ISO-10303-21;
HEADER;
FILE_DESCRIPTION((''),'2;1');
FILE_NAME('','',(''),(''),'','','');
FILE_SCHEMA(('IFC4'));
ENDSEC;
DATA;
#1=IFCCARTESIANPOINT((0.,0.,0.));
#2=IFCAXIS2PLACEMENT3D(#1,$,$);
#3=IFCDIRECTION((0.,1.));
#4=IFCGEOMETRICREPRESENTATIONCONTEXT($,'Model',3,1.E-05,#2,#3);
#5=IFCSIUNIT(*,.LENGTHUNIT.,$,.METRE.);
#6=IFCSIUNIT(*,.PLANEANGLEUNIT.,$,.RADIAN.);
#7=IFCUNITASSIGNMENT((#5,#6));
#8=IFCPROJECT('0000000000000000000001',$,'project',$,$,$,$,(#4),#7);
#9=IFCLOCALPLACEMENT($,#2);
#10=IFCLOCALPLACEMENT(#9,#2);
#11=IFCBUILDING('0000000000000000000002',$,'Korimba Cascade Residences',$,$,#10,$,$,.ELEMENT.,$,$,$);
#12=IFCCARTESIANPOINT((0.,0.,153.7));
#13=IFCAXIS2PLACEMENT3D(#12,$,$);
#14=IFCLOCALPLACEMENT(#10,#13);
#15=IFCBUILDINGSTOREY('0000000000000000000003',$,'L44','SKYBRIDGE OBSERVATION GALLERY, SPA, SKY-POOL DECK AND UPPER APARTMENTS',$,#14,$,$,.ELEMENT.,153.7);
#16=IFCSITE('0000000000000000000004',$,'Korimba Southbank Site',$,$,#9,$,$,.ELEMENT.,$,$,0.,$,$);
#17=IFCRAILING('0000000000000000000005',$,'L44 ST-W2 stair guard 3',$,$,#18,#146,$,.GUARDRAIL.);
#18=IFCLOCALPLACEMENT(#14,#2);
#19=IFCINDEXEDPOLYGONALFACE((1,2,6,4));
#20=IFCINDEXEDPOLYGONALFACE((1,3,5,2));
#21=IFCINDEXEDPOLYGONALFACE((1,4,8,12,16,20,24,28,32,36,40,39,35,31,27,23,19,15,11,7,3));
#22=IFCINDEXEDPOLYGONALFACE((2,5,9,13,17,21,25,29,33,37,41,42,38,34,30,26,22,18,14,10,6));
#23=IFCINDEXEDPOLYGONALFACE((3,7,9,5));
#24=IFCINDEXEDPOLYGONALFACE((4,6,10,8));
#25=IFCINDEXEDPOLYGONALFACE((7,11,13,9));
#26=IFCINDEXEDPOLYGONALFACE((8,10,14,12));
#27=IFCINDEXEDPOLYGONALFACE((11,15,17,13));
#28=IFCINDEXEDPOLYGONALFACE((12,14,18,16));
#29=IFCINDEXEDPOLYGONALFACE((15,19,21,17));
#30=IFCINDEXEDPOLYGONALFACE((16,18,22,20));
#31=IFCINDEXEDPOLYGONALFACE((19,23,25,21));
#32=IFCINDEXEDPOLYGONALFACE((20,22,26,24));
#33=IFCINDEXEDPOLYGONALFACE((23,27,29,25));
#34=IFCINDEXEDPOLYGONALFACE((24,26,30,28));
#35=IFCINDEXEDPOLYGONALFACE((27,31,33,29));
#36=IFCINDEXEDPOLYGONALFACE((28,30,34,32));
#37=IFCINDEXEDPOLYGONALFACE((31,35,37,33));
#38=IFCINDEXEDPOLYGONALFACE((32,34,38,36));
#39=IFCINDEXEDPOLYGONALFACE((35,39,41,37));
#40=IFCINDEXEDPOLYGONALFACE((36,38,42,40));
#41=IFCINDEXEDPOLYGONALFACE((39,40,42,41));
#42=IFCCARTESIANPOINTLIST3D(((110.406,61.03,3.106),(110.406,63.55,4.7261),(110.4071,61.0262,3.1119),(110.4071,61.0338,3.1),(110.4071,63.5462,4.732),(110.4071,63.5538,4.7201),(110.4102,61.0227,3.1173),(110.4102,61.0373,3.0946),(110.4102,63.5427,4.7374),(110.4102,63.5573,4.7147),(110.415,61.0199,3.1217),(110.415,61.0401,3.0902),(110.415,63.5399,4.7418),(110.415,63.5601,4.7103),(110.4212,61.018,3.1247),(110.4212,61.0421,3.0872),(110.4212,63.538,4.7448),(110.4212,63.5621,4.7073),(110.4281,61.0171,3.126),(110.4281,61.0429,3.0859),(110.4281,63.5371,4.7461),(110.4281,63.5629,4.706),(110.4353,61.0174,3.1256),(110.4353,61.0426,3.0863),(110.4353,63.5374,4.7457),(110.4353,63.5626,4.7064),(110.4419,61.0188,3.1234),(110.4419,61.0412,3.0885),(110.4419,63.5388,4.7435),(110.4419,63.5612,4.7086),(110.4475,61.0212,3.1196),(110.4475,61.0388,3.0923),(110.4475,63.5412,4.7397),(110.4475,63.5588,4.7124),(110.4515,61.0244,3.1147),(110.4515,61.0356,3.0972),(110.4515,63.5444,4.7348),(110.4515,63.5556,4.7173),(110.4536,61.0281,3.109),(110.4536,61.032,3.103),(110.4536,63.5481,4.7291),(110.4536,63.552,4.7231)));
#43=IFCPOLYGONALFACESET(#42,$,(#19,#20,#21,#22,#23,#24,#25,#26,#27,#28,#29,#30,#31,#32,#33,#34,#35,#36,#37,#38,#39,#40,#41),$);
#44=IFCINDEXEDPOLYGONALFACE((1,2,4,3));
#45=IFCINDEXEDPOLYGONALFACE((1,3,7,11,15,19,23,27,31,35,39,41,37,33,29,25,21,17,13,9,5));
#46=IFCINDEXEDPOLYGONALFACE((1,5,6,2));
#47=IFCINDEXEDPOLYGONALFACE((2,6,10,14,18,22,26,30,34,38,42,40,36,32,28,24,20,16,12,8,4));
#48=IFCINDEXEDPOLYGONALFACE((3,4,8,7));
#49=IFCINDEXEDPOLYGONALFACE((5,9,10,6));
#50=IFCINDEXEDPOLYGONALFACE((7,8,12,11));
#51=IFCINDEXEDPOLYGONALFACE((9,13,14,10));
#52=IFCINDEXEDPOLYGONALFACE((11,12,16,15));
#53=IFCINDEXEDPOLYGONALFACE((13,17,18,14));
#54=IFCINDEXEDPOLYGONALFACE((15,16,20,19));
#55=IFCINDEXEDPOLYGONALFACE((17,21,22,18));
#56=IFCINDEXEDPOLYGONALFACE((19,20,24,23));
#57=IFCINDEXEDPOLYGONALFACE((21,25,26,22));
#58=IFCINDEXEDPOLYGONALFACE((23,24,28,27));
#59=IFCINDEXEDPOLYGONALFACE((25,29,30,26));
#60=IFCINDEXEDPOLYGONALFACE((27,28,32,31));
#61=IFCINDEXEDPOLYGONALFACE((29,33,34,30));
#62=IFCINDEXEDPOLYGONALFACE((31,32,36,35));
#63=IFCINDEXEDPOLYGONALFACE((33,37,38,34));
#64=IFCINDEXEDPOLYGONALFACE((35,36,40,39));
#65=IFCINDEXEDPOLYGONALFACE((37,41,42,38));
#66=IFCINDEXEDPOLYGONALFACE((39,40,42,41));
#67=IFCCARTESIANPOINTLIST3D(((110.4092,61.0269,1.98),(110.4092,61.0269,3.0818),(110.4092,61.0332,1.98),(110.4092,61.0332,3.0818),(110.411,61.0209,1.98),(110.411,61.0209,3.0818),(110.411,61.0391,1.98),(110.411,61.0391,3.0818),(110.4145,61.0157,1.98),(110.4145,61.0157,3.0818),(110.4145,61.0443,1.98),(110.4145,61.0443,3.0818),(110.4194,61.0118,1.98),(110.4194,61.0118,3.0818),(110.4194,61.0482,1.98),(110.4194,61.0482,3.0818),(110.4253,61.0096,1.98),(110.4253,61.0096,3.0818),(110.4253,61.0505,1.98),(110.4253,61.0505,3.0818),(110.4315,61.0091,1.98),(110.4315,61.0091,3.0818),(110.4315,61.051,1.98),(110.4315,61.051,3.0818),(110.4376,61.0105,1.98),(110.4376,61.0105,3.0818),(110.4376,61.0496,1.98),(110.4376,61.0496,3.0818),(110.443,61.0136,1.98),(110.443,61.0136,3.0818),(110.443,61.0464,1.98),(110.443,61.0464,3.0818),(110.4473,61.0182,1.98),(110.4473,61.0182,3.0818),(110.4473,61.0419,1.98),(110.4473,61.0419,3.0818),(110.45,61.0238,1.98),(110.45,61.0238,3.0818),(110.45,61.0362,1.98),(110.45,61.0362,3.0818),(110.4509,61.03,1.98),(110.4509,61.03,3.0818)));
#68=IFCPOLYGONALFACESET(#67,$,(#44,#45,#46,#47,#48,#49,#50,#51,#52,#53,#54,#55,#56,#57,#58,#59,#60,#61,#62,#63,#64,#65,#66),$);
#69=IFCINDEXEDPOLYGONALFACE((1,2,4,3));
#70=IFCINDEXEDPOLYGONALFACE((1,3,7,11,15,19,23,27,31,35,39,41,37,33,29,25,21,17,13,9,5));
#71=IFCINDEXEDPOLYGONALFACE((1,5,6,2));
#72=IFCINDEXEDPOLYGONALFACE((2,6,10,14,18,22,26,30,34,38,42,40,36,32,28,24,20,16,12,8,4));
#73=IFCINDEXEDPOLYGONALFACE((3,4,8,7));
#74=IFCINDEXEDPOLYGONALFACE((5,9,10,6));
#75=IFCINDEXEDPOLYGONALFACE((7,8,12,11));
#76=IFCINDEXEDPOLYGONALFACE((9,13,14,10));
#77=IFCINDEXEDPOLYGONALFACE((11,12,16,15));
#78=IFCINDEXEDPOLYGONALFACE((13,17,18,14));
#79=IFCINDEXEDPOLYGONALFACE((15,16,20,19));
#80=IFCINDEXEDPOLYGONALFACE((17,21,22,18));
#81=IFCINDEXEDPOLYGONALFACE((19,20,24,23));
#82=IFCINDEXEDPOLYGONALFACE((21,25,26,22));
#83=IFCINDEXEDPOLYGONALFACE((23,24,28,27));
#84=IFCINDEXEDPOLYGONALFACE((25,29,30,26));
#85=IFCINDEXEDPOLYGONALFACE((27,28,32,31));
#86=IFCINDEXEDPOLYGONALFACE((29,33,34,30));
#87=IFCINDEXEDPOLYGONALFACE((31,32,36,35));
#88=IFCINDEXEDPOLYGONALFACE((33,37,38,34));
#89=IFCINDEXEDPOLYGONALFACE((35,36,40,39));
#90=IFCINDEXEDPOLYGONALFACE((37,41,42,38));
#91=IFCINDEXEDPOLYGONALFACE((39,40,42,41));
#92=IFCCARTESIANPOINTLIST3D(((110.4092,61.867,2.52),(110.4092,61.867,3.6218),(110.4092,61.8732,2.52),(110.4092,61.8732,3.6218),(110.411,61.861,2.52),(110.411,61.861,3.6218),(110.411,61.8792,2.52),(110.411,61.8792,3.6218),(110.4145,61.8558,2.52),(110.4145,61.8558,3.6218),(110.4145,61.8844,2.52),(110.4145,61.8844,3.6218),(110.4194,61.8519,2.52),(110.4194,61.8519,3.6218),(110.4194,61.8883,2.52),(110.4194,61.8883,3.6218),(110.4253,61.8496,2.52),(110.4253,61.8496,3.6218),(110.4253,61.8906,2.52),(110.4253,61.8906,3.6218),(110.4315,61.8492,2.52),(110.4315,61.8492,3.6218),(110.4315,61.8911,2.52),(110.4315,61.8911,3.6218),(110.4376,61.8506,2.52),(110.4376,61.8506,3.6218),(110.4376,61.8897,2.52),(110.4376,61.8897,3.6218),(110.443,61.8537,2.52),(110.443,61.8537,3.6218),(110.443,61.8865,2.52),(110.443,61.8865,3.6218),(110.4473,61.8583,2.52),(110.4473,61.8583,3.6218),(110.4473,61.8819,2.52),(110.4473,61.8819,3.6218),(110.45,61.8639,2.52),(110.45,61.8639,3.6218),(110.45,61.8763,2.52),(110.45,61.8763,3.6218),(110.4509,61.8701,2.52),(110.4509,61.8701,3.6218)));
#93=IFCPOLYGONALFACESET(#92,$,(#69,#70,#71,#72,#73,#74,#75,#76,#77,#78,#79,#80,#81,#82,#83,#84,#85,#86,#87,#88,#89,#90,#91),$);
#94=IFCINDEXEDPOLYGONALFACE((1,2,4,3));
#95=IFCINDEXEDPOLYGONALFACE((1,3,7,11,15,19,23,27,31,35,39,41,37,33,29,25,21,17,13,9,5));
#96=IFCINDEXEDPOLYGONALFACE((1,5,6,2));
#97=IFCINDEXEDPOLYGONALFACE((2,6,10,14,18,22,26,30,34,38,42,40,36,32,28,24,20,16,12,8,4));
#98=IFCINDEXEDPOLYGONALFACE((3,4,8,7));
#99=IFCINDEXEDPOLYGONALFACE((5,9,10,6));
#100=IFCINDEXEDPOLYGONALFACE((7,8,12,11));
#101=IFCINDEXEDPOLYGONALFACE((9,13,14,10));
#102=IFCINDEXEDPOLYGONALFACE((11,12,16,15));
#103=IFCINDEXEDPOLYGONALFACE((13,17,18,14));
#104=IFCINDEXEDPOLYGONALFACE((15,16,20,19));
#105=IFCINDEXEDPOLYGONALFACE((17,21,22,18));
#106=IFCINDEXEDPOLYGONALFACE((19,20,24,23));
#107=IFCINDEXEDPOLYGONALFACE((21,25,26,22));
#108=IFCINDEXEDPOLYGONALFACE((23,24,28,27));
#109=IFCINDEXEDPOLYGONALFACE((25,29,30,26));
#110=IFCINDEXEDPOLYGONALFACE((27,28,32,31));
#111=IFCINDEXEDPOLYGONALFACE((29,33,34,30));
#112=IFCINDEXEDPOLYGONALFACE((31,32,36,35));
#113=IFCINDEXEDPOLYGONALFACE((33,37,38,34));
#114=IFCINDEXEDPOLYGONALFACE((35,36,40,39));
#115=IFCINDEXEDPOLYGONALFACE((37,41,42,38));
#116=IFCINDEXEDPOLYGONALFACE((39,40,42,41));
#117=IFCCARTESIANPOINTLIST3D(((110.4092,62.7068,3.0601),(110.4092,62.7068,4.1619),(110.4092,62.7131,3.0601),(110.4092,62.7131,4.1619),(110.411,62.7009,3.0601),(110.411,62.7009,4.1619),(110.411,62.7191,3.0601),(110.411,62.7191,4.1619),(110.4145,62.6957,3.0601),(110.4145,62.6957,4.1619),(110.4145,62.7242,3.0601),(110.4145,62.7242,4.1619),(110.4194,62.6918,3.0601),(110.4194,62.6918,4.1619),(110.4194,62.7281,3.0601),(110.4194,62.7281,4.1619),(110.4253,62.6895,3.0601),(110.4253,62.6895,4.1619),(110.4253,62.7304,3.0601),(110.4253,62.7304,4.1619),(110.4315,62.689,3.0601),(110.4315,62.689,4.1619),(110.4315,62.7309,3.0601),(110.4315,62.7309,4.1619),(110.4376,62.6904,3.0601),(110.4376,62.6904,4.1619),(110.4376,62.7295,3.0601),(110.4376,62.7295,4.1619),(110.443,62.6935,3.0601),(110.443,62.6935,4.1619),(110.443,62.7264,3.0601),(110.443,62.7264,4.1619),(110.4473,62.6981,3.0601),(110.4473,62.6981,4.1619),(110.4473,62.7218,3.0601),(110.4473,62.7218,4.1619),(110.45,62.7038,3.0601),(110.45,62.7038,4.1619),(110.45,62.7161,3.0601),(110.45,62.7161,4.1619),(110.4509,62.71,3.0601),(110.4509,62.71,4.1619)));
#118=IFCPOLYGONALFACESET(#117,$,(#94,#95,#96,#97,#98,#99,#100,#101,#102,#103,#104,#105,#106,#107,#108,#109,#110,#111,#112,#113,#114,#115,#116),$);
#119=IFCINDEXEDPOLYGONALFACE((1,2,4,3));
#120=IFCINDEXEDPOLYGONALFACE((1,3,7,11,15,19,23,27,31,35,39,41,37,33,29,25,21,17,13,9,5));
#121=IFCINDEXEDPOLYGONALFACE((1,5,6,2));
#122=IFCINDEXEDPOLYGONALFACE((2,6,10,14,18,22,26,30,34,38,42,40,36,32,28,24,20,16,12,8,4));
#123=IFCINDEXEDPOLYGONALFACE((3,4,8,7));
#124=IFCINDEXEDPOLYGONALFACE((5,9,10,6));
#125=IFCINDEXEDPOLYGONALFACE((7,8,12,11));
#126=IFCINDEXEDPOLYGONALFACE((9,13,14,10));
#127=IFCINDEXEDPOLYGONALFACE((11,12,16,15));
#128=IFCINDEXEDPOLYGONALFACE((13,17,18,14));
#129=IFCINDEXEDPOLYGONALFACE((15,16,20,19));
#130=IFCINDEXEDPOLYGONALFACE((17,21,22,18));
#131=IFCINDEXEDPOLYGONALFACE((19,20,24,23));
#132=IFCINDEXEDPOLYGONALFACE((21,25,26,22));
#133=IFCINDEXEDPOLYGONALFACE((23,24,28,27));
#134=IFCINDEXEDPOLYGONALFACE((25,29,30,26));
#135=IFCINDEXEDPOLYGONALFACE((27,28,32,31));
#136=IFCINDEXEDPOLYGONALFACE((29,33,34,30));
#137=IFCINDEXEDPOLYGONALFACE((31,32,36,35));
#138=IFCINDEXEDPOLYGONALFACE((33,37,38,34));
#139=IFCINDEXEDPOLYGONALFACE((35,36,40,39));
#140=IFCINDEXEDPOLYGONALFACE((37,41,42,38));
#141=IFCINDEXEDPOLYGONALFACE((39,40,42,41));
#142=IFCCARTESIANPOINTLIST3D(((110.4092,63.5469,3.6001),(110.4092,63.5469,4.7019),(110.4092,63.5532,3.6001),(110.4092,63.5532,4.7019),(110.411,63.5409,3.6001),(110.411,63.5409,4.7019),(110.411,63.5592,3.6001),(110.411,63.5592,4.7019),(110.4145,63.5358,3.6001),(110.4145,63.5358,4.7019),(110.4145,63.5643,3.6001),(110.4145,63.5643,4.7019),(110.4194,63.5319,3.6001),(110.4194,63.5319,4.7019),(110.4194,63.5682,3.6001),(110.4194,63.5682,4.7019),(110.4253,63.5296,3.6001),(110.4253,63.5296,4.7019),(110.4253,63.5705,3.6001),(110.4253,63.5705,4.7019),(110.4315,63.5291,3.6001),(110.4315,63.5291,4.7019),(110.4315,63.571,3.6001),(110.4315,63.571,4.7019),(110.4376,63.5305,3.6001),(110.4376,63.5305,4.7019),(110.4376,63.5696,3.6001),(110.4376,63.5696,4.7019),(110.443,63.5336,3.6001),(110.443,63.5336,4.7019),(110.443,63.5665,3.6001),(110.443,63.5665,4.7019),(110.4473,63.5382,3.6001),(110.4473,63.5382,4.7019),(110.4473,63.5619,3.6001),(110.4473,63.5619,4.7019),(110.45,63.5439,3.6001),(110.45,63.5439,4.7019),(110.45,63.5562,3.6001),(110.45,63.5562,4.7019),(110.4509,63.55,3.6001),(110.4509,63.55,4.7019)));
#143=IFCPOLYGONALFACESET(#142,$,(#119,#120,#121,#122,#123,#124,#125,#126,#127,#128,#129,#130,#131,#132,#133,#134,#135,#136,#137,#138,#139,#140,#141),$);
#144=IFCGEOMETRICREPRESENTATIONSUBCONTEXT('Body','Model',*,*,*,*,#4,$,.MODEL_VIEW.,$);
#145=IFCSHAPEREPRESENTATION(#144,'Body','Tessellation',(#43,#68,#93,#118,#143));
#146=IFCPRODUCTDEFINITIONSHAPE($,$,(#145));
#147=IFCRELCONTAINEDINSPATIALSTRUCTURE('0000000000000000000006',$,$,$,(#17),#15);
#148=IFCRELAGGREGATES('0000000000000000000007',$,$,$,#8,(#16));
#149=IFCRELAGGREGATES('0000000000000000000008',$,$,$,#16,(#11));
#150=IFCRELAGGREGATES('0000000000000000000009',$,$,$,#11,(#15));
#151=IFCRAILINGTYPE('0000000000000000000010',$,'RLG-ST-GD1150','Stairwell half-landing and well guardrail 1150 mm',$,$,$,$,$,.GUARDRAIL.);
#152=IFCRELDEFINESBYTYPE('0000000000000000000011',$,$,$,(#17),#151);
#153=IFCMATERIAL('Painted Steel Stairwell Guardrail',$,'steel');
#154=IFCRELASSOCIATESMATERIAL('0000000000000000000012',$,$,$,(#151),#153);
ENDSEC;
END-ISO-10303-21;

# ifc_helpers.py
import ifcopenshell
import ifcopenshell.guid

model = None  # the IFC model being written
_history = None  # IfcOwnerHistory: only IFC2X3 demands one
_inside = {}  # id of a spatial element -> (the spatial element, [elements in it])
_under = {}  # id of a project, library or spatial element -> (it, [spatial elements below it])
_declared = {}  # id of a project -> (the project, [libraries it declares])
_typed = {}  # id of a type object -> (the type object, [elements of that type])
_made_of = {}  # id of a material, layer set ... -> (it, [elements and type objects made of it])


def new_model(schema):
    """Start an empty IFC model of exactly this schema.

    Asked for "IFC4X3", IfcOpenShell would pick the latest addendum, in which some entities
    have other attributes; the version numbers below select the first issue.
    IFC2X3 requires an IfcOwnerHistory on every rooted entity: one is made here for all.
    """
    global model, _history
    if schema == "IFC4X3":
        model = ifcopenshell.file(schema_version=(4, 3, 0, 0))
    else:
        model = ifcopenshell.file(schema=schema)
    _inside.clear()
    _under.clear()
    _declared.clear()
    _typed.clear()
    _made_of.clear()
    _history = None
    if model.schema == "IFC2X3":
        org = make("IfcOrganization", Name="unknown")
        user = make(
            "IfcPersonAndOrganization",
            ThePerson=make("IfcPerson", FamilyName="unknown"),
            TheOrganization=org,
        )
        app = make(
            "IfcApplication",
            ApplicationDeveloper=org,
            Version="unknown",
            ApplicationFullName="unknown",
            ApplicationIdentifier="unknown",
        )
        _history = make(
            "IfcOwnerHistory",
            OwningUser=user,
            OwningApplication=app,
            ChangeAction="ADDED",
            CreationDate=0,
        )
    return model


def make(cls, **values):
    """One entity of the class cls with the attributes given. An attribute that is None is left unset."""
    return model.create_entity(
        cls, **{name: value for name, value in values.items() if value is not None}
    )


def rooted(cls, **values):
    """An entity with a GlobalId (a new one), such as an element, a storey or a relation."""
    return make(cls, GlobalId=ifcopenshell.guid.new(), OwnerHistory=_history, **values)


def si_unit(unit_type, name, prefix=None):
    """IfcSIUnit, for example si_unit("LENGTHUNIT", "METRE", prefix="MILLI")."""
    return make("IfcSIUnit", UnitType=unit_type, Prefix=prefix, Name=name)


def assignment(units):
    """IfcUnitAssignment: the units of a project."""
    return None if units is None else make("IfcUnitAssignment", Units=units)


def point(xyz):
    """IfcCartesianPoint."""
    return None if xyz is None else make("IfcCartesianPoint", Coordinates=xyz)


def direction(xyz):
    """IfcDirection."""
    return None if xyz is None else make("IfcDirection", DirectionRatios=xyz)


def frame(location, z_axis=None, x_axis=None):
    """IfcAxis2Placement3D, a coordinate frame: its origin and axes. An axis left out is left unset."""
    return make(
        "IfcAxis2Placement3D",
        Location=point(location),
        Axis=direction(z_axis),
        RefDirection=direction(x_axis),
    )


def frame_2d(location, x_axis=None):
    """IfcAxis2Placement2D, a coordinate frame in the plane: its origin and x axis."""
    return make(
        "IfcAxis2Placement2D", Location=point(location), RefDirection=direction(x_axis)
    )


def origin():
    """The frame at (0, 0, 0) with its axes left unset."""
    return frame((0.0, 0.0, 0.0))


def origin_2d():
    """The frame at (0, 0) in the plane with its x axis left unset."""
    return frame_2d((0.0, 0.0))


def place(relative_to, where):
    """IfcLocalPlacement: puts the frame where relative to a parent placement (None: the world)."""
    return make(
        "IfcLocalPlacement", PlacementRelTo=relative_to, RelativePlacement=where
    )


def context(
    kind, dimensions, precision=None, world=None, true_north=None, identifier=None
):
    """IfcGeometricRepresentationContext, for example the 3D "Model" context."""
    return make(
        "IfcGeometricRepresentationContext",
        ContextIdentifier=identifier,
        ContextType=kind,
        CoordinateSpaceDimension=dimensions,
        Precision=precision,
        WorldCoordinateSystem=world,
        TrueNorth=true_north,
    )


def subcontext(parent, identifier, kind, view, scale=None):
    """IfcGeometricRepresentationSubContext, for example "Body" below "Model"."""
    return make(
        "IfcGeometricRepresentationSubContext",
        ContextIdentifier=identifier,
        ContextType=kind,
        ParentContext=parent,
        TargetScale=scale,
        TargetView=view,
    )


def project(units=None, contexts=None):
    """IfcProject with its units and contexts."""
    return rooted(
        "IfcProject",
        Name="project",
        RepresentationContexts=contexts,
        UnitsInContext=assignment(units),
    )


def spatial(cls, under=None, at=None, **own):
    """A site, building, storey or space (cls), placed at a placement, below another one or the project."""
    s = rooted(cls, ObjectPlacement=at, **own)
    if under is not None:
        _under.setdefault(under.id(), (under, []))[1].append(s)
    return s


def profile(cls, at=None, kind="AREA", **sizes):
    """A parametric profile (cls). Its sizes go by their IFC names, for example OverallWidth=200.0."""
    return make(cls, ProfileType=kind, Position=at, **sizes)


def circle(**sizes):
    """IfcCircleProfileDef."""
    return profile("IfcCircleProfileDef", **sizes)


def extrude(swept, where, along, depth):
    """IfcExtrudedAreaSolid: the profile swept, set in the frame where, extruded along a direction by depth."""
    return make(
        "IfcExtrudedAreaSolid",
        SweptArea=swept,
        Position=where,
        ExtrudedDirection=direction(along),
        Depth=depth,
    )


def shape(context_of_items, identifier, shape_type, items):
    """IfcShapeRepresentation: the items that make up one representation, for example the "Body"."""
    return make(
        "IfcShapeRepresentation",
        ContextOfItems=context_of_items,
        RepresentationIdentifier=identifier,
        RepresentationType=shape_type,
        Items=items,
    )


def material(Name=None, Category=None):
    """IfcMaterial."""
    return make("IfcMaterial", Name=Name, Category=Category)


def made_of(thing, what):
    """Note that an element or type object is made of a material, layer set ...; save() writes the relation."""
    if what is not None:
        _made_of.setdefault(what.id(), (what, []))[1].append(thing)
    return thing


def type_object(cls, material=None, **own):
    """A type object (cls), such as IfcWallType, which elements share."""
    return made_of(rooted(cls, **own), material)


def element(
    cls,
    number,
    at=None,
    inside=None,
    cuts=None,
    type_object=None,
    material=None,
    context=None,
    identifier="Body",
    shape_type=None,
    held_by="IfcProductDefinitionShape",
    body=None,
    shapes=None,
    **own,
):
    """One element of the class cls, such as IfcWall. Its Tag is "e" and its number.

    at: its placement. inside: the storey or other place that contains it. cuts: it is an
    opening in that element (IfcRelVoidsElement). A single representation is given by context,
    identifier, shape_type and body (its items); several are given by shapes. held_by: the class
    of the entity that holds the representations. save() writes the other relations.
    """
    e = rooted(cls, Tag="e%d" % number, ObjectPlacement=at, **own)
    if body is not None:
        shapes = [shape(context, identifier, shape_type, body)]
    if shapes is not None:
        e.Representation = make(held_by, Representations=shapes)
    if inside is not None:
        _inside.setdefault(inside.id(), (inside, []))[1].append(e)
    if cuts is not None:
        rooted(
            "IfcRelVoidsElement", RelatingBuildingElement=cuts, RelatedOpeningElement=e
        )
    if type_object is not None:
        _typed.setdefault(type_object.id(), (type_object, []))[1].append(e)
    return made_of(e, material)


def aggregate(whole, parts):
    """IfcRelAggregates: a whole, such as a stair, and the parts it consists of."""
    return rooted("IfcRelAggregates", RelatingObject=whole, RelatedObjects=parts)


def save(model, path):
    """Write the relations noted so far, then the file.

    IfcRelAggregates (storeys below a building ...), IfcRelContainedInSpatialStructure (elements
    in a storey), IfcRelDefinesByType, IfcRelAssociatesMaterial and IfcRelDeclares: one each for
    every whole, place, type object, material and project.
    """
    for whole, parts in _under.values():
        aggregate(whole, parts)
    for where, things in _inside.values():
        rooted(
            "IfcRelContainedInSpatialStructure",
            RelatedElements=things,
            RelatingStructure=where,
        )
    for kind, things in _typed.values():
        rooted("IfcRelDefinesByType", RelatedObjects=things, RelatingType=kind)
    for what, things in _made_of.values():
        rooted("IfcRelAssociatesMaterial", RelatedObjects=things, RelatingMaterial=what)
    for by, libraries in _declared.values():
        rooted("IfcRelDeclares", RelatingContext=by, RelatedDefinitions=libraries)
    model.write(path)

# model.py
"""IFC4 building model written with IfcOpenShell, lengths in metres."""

from ifc_helpers import new_model, si_unit, direction, frame, origin, origin_2d, place, context, subcontext, project, spatial, circle, extrude, material, type_object, element, save


model = new_model("IFC4")

# Units and contexts
model_context = context("Model", 3, precision=1e-05, world=origin(), true_north=direction((0.0, 1.0)))
body_context = subcontext(model_context, "Body", "Model", "MODEL_VIEW")
ifc_project = project(units=[si_unit("LENGTHUNIT", "METRE"), si_unit("PLANEANGLEUNIT", "RADIAN")], contexts=[model_context])

# Site, building, storey
site_placement = place(None, origin())
site = spatial("IfcSite", under=ifc_project, at=site_placement, Name="Korimba Southbank Site", CompositionType="ELEMENT", RefElevation=0.0)
building_placement = place(site_placement, origin())
building = spatial("IfcBuilding", under=site, at=building_placement, Name="Korimba Cascade Residences", CompositionType="ELEMENT")
storey_placement = place(building_placement, frame((0.0, 0.0, 153.7)))
storey = spatial("IfcBuildingStorey", under=building, at=storey_placement, Name="L44", Description="SKYBRIDGE OBSERVATION GALLERY, SPA, SKY-POOL DECK AND UPPER APARTMENTS", CompositionType="ELEMENT", Elevation=153.7)

# Railing
ifc_material_1 = material(Name="Painted Steel Stairwell Guardrail", Category="steel")
railing_type_1 = type_object("IfcRailingType", Name="RLG-ST-GD1150", Description="Stairwell half-landing and well guardrail 1150 mm", PredefinedType="GUARDRAIL", material=ifc_material_1)
railing_1_placement = place(storey_placement, frame((110.4299, 61.03, 1.98)))
element("IfcRailing", 1, at=railing_1_placement, inside=storey, type_object=railing_type_1, Name="L44 ST-W2 stair guard 3", PredefinedType="GUARDRAIL", context=body_context, shape_type="SweptSolid", body=[
    extrude(circle(Radius=0.0239, at=origin_2d()), frame((0.0, 0.0, 1.126), z_axis=(0.0, 0.841163, 0.540782), x_axis=(-1.0, 0.0, 0.0)), (0.0, 0.0, 1.0), 2.9958),
    extrude(circle(Radius=0.021, at=origin_2d()), origin(), (0.0, 0.0, 1.0), 1.1018),
    extrude(circle(Radius=0.021, at=origin_2d()), frame((0.0, 0.8401, 0.54)), (0.0, 0.0, 1.0), 1.1018),
    extrude(circle(Radius=0.021, at=origin_2d()), frame((0.0, 1.6799, 1.0801)), (0.0, 0.0, 1.0), 1.1018),
    extrude(circle(Radius=0.021, at=origin_2d()), frame((0.0, 2.52, 1.6201)), (0.0, 0.0, 1.0), 1.1018),
])

save(model, "model.ifc")
